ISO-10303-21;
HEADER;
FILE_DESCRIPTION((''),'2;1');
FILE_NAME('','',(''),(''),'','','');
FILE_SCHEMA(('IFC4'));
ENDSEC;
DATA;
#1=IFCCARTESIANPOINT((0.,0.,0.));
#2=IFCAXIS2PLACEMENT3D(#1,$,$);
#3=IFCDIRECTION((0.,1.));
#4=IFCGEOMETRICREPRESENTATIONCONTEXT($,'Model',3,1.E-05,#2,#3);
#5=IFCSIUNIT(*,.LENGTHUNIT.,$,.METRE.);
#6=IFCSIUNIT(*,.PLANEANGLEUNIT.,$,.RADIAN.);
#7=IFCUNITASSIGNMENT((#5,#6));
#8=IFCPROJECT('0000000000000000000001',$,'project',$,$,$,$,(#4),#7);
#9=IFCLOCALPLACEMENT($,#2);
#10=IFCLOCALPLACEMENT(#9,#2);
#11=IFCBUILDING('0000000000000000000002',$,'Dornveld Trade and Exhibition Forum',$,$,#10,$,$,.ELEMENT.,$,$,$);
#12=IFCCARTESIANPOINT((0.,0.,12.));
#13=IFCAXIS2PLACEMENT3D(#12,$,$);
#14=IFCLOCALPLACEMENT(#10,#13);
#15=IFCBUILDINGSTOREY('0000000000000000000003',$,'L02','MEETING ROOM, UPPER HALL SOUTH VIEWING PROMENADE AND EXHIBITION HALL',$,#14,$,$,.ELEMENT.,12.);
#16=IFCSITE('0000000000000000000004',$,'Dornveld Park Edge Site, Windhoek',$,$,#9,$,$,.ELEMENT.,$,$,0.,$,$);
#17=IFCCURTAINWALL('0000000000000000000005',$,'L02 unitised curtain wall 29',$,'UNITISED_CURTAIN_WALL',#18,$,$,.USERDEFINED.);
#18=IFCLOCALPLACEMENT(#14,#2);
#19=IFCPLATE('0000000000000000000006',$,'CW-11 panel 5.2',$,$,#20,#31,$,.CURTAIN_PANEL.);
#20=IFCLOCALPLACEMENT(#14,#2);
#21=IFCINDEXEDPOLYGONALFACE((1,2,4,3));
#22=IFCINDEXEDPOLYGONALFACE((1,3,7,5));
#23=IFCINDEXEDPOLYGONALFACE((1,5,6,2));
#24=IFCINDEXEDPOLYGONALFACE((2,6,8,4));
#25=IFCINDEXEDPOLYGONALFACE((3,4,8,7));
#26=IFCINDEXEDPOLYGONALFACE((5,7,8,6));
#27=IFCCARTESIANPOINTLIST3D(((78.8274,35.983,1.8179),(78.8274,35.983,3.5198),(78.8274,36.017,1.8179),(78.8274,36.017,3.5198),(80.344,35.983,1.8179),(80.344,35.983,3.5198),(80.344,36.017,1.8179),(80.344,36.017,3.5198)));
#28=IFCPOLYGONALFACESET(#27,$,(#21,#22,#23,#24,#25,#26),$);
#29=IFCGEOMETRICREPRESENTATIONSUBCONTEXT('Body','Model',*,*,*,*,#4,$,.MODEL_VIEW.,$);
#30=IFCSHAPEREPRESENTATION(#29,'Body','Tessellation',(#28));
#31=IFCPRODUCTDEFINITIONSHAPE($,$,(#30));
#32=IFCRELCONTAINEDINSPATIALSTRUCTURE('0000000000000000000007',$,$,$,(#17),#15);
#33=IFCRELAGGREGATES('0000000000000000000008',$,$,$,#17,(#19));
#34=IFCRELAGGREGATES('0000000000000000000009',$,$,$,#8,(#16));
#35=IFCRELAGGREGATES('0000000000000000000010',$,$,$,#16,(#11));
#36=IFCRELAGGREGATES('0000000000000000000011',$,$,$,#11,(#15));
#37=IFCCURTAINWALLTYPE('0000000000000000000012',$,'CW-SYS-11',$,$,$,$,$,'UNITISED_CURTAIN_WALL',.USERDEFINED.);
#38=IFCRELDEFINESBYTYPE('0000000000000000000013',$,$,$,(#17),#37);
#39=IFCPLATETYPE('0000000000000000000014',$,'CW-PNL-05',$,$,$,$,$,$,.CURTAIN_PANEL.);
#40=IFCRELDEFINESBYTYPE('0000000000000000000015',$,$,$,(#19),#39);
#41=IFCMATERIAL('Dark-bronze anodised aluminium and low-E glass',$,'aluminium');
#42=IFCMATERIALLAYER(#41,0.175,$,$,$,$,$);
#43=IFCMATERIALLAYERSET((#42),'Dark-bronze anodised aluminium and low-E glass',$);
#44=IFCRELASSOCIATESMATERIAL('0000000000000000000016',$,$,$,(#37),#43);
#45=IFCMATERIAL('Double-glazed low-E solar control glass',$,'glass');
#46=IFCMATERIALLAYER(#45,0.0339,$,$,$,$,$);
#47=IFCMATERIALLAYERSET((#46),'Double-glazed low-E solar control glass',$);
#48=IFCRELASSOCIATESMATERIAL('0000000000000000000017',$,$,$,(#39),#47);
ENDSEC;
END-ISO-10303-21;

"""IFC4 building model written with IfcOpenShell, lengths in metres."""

from ifc_helpers import new_model, si_unit, direction, frame, origin, origin_2d, place, context, subcontext, project, spatial, rectangle, extrude, material, layer, layer_set, type_object, element, aggregate, save


model = new_model("IFC4")

# Units and contexts
model_context = context("Model", 3, precision=1e-05, world=origin(), true_north=direction((0.0, 1.0)))
body_context = subcontext(model_context, "Body", "Model", "MODEL_VIEW")
ifc_project = project(units=[si_unit("LENGTHUNIT", "METRE"), si_unit("PLANEANGLEUNIT", "RADIAN")], contexts=[model_context])

# Site, building, storey
site_placement = place(None, origin())
site = spatial("IfcSite", under=ifc_project, at=site_placement, Name="Dornveld Park Edge Site, Windhoek", CompositionType="ELEMENT", RefElevation=0.0)
building_placement = place(site_placement, origin())
building = spatial("IfcBuilding", under=site, at=building_placement, Name="Dornveld Trade and Exhibition Forum", CompositionType="ELEMENT")
storey_placement = place(building_placement, frame((0.0, 0.0, 12.0)))
storey = spatial("IfcBuildingStorey", under=building, at=storey_placement, Name="L02", Description="MEETING ROOM, UPPER HALL SOUTH VIEWING PROMENADE AND EXHIBITION HALL", CompositionType="ELEMENT", Elevation=12.0)

# Curtain wall
ifc_material_1 = material(Name="Dark-bronze anodised aluminium and low-E glass", Category="aluminium")
ifc_layer_1 = layer(ifc_material_1, 0.175)
ifc_layer_set_1 = layer_set([ifc_layer_1], Name="Dark-bronze anodised aluminium and low-E glass")
curtain_wall_type = type_object("IfcCurtainWallType", Name="CW-SYS-11", ElementType="UNITISED_CURTAIN_WALL", PredefinedType="USERDEFINED", material=ifc_layer_set_1)
curtain_wall_placement = place(storey_placement, origin())
curtain_wall = element("IfcCurtainWall", 1, at=curtain_wall_placement, inside=storey, type_object=curtain_wall_type, Name="L02 unitised curtain wall 29", ObjectType="UNITISED_CURTAIN_WALL", PredefinedType="USERDEFINED")

# Plate
ifc_material_2 = material(Name="Double-glazed low-E solar control glass", Category="glass")
ifc_layer_2 = layer(ifc_material_2, 0.0339)
ifc_layer_set_2 = layer_set([ifc_layer_2], Name="Double-glazed low-E solar control glass")
plate_type = type_object("IfcPlateType", Name="CW-PNL-05", PredefinedType="CURTAIN_PANEL", material=ifc_layer_set_2)
plate_1_placement = place(storey_placement, frame((79.5857, 36.0, 1.8179), z_axis=(0.0, 0.0, 1.0), x_axis=(1.0, 0.0, 0.0)))
plate_1 = element("IfcPlate", 2, at=plate_1_placement, type_object=plate_type, Name="CW-11 panel 5.2", PredefinedType="CURTAIN_PANEL", context=body_context, shape_type="SweptSolid", body=[
    extrude(rectangle(XDim=1.5166, YDim=0.0339, at=origin_2d()), origin(), (0.0, 0.0, 1.0), 1.7019),
])
aggregate(curtain_wall, [plate_1])

save(model, "model.ifc")
